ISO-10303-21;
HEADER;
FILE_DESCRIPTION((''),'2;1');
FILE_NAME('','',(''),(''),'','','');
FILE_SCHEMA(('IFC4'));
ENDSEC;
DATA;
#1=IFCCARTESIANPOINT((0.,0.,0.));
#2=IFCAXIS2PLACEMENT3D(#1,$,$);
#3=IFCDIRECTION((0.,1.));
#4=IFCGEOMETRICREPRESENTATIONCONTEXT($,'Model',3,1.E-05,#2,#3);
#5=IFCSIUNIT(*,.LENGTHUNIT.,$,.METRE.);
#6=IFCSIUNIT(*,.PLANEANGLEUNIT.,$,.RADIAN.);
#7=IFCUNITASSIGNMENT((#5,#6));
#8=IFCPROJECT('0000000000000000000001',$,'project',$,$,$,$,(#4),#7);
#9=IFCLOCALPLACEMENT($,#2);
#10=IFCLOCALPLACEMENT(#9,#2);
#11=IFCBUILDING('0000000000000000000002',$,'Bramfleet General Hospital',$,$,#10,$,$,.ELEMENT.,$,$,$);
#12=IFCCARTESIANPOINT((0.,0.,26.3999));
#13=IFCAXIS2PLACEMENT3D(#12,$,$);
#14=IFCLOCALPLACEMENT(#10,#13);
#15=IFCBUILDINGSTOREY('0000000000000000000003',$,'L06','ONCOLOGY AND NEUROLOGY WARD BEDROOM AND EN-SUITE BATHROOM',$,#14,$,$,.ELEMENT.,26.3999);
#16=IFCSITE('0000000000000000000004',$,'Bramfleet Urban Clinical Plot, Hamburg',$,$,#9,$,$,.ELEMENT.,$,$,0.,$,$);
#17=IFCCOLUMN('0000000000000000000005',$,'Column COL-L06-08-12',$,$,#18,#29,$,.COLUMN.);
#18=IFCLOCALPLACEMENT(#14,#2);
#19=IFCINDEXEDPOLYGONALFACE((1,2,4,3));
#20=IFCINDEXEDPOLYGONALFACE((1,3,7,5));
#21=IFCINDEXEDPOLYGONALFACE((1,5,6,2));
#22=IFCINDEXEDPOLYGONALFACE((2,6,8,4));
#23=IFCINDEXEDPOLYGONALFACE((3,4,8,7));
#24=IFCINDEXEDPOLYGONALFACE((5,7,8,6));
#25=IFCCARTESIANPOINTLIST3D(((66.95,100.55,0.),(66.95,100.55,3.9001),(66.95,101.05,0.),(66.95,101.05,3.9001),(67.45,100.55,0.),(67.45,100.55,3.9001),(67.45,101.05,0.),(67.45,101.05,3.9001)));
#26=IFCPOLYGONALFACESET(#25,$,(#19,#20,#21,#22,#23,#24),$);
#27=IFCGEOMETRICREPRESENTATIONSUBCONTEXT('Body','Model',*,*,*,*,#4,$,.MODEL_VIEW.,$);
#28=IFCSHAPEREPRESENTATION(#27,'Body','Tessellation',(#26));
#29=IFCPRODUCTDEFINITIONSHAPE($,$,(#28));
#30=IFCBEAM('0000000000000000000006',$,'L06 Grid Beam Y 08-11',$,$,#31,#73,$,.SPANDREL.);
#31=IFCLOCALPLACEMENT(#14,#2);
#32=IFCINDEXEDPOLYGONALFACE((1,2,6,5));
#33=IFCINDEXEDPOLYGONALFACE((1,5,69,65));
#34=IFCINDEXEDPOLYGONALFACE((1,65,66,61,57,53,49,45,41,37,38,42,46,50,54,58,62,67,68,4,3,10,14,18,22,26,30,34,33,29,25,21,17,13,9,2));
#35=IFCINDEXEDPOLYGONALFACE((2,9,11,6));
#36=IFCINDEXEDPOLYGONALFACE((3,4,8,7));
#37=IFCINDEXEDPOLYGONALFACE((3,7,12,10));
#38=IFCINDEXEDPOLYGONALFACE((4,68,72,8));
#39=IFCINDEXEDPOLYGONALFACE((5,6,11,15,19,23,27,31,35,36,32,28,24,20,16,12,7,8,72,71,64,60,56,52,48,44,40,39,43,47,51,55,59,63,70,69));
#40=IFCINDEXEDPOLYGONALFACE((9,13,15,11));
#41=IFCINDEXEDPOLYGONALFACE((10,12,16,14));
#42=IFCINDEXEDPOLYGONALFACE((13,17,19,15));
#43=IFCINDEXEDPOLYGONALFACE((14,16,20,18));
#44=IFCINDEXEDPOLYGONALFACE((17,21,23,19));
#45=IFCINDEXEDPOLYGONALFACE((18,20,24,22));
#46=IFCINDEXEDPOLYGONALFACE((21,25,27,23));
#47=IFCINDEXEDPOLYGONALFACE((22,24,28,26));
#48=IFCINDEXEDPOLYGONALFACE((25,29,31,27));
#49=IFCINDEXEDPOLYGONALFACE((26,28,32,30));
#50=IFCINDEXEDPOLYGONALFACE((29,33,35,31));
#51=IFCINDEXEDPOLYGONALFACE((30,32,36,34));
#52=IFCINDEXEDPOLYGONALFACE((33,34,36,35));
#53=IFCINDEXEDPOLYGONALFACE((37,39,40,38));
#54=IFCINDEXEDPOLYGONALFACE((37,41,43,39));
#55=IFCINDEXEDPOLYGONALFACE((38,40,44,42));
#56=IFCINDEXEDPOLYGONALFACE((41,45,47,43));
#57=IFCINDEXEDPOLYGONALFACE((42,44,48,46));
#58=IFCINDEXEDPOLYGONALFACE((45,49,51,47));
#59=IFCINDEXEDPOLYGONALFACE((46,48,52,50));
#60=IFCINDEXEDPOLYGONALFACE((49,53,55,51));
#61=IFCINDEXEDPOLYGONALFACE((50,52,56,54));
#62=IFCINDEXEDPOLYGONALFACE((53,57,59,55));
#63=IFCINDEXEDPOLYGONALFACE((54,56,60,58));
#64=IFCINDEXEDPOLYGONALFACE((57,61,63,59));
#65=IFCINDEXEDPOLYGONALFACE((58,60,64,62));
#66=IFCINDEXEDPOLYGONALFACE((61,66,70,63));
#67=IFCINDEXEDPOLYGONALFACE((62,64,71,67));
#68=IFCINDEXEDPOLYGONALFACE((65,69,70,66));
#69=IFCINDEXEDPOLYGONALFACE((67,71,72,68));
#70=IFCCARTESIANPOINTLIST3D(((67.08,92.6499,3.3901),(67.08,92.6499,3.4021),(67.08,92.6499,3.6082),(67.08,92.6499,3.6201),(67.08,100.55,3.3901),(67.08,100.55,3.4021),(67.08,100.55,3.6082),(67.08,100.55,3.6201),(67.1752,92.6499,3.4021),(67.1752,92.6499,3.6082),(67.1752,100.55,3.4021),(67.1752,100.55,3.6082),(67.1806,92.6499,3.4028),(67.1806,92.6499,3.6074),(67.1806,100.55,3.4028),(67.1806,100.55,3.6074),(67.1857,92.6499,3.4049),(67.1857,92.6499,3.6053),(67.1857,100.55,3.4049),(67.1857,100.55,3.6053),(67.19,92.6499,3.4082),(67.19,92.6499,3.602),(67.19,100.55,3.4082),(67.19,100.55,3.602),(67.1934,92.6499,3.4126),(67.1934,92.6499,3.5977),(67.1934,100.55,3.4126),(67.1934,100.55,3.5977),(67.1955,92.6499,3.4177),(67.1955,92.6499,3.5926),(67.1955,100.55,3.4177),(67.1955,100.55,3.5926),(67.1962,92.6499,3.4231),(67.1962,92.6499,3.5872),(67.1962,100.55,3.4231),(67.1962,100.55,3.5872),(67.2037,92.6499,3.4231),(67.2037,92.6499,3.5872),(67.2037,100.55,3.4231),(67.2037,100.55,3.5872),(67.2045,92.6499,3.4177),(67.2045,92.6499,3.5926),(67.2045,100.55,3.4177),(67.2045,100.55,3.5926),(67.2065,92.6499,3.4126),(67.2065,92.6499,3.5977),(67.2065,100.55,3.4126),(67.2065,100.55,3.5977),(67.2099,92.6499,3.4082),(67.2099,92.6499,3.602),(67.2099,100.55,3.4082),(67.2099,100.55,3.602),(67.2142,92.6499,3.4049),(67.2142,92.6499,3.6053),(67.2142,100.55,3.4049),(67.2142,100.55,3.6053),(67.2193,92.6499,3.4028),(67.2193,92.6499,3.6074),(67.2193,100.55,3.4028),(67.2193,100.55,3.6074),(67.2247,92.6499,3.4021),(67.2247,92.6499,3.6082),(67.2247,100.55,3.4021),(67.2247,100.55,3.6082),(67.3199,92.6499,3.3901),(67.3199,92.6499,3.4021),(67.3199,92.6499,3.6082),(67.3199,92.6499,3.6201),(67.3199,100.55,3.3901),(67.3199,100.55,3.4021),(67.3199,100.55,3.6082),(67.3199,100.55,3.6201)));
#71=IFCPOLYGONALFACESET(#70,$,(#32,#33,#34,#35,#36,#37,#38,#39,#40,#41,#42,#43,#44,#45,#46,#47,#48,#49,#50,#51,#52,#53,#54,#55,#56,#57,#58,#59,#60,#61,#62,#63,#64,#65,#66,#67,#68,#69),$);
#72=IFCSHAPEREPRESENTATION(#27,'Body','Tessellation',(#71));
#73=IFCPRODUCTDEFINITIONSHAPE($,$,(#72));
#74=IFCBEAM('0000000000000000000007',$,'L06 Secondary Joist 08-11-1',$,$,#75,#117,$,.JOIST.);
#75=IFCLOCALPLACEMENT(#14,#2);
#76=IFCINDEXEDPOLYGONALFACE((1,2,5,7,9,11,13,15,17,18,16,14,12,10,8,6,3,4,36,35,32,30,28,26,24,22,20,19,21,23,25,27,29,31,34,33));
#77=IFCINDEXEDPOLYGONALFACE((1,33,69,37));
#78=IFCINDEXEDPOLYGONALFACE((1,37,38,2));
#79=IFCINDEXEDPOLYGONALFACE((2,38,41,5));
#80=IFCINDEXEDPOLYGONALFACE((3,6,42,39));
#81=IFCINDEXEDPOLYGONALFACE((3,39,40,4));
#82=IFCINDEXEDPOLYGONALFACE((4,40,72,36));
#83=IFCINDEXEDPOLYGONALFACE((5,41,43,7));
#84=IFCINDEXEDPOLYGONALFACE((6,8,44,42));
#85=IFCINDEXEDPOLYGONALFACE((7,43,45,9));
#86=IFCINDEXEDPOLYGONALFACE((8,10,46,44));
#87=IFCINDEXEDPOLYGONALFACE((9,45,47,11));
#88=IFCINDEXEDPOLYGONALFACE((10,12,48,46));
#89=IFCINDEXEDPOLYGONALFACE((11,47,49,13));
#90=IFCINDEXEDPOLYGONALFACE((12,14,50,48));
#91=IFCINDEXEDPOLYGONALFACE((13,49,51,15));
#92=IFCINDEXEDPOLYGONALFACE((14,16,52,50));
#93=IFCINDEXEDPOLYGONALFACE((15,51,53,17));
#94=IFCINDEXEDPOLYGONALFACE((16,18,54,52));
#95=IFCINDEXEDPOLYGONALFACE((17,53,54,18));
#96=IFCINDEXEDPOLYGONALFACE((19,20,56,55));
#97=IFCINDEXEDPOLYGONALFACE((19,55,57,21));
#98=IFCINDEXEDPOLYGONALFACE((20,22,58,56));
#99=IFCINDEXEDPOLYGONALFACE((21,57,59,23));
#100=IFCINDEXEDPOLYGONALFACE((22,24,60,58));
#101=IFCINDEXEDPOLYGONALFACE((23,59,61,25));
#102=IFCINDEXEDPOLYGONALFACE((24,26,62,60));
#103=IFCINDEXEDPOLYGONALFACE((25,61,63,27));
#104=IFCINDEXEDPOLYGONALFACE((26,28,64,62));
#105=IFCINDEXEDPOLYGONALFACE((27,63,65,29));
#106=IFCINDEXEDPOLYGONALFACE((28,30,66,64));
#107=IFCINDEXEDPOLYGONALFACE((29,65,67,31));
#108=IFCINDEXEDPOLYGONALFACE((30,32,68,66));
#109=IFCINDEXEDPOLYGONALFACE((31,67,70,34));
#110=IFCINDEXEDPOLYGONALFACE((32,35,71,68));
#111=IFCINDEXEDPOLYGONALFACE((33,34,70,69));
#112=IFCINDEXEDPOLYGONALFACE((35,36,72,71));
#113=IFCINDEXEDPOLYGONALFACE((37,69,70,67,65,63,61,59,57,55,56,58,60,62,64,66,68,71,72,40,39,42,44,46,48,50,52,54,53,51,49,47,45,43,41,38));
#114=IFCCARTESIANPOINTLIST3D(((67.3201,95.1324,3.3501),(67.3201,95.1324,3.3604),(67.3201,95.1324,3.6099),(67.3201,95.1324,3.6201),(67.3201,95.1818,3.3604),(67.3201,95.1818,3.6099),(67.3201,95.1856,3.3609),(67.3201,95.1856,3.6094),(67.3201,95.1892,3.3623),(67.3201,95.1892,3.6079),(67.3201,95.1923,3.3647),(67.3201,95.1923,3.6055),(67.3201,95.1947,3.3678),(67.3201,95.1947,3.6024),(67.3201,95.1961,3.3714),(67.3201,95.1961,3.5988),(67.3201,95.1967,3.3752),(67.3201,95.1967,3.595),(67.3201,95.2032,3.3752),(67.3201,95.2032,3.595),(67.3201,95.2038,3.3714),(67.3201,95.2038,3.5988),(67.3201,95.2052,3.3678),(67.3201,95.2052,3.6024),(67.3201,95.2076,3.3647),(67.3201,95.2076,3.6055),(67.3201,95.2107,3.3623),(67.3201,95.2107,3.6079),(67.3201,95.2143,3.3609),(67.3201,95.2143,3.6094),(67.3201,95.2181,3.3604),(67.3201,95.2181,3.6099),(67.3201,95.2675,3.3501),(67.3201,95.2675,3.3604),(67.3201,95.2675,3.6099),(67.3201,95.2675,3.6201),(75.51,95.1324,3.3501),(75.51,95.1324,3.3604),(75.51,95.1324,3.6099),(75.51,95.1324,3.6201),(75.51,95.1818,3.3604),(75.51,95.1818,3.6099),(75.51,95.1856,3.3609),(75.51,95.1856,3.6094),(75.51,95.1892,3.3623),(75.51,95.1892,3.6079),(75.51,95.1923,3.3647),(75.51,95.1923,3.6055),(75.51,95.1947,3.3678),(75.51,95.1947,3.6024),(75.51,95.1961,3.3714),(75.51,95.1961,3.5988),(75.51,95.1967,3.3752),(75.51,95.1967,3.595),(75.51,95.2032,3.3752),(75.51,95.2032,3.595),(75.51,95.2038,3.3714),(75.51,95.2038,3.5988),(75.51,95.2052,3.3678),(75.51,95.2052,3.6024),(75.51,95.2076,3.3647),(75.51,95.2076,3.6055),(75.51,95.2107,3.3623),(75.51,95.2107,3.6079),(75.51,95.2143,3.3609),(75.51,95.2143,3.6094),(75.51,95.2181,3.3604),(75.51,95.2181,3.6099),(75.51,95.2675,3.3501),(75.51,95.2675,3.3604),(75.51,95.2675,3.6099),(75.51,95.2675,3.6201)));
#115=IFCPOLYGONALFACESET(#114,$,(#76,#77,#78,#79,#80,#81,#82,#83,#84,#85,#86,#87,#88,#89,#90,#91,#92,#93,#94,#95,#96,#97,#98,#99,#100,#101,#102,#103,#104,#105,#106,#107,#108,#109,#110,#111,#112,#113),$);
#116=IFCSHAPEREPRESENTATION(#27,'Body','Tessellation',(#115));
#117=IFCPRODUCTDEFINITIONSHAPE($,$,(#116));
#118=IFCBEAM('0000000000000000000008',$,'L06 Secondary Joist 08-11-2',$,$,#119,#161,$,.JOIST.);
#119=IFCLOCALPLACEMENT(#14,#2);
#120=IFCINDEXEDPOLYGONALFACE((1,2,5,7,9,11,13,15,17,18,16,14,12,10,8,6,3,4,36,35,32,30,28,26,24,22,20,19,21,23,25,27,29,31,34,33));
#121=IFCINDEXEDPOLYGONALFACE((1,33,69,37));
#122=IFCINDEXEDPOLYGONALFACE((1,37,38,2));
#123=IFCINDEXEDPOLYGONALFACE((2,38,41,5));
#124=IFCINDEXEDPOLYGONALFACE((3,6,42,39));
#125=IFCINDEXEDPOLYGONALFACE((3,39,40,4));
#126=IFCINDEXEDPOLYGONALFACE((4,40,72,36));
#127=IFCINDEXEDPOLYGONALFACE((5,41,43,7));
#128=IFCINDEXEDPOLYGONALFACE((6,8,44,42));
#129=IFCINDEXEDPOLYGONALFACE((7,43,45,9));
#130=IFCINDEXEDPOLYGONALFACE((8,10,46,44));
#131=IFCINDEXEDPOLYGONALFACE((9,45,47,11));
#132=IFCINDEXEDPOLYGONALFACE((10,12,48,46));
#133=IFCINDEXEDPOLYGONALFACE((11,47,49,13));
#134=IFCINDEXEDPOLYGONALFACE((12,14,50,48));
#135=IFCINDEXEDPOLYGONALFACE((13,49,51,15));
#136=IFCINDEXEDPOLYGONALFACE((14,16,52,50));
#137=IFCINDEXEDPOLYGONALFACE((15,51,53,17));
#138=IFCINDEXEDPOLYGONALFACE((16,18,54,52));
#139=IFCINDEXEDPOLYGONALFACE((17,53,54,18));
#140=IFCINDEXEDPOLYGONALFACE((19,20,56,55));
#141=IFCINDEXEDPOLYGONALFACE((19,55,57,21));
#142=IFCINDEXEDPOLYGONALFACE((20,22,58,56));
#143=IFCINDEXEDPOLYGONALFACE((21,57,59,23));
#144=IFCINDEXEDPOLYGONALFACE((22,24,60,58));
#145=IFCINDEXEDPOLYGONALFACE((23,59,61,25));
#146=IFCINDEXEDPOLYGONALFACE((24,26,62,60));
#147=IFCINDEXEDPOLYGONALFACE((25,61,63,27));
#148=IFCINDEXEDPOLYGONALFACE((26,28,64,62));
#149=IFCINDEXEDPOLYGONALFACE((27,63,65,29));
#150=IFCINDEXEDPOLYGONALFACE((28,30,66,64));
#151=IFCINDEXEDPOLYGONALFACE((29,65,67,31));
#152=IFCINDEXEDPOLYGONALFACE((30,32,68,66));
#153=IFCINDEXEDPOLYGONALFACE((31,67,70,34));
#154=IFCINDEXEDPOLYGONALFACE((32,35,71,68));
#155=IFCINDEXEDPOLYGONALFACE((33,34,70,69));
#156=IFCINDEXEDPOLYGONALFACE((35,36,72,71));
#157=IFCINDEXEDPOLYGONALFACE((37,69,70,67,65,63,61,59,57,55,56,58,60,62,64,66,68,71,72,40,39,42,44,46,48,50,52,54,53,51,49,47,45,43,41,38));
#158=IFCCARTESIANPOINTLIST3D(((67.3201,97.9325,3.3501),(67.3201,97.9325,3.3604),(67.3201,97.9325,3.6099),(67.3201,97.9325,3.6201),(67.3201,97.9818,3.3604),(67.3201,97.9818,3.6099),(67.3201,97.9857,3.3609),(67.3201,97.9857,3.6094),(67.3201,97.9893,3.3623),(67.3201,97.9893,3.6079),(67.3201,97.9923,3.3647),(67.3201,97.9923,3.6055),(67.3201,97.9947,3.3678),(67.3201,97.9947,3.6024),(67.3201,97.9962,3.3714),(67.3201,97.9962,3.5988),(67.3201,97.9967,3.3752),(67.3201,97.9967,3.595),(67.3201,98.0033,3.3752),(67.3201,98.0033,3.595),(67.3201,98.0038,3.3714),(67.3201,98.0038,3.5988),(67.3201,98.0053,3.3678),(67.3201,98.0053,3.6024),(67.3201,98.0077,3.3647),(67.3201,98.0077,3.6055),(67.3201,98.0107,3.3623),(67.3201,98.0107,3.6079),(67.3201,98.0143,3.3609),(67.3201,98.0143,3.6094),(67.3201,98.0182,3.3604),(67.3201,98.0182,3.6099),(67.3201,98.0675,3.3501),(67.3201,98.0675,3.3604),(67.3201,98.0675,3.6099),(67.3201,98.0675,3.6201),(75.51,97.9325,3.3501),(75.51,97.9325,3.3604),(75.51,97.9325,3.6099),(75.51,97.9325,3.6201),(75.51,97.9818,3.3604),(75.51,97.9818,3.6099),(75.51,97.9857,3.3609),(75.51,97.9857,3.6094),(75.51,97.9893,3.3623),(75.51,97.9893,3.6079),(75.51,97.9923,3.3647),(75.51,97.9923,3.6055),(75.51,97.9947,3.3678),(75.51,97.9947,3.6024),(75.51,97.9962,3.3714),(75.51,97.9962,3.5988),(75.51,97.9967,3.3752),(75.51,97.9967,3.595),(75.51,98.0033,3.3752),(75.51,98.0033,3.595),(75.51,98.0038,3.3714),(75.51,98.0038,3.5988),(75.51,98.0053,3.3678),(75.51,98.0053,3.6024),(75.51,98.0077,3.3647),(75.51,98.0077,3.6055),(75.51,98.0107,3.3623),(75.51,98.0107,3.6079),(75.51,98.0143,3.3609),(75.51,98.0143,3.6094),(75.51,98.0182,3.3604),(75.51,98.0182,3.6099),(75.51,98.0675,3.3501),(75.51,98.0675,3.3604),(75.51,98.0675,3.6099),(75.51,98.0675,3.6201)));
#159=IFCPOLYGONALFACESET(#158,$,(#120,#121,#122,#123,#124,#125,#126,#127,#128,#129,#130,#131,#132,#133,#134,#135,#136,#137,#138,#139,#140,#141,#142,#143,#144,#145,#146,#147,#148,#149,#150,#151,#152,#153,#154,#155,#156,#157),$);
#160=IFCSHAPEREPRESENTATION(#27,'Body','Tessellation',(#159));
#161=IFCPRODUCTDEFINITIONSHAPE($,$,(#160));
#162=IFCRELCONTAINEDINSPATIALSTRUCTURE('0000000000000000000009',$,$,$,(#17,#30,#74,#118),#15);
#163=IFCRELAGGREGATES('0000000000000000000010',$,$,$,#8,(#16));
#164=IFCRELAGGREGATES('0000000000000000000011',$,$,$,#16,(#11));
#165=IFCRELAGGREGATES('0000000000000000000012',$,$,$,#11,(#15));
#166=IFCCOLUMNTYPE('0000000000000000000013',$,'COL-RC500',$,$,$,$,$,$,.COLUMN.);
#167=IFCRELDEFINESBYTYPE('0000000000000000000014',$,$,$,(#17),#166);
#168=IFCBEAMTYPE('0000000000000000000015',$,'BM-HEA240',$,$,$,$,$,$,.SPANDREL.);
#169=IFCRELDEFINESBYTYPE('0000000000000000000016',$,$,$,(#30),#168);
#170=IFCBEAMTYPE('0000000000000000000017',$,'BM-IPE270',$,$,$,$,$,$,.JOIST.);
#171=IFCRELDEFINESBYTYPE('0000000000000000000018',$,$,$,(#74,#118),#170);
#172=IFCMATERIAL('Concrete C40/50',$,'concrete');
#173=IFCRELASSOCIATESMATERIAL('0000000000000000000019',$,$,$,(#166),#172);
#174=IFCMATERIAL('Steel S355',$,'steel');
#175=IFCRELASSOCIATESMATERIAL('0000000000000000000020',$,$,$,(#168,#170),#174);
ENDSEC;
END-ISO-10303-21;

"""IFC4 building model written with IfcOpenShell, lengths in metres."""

from ifc_helpers import new_model, si_unit, direction, frame, origin, origin_2d, place, context, subcontext, project, spatial, rectangle, i_section, extrude, material, material_profile, profile_set, type_object, element, save


model = new_model("IFC4")

# Units and contexts
model_context = context("Model", 3, precision=1e-05, world=origin(), true_north=direction((0.0, 1.0)))
body_context = subcontext(model_context, "Body", "Model", "MODEL_VIEW")
ifc_project = project(units=[si_unit("LENGTHUNIT", "METRE"), si_unit("PLANEANGLEUNIT", "RADIAN")], contexts=[model_context])

# Site, building, storey
site_placement = place(None, origin())
site = spatial("IfcSite", under=ifc_project, at=site_placement, Name="Bramfleet Urban Clinical Plot, Hamburg", CompositionType="ELEMENT", RefElevation=0.0)
building_placement = place(site_placement, origin())
building = spatial("IfcBuilding", under=site, at=building_placement, Name="Bramfleet General Hospital", CompositionType="ELEMENT")
storey_placement = place(building_placement, frame((0.0, 0.0, 26.3999)))
storey = spatial("IfcBuildingStorey", under=building, at=storey_placement, Name="L06", Description="ONCOLOGY AND NEUROLOGY WARD BEDROOM AND EN-SUITE BATHROOM", CompositionType="ELEMENT", Elevation=26.3999)

# Column
ifc_material_1 = material(Name="Concrete C40/50", Category="concrete")
ifc_material_profile_1 = material_profile(ifc_material_1, rectangle(XDim=0.5, YDim=0.5, at=origin_2d()), Name="RC COL 500x500")
ifc_profile_set_1 = profile_set([ifc_material_profile_1], Name="Concrete C40/50")
column_type = type_object("IfcColumnType", Name="COL-RC500", PredefinedType="COLUMN", material=ifc_profile_set_1)
column_placement = place(storey_placement, frame((67.2, 100.8, 0.0), z_axis=(0.0, 0.0, 1.0), x_axis=(1.0, 0.0, 0.0)))
element("IfcColumn", 1, at=column_placement, inside=storey, type_object=column_type, Name="Column COL-L06-08-12", PredefinedType="COLUMN", context=body_context, shape_type="SweptSolid", body=[
    extrude(rectangle(XDim=0.5, YDim=0.5, at=origin_2d()), origin(), (0.0, 0.0, 1.0), 3.9001),
])

# Beams
ifc_material_2 = material(Name="Steel S355", Category="steel")
ifc_material_profile_2 = material_profile(ifc_material_2, i_section(OverallWidth=0.24, OverallDepth=0.23, WebThickness=0.0076, FlangeThickness=0.012, FilletRadius=0.021, at=origin_2d()), Name="HEA 240")
ifc_profile_set_2 = profile_set([ifc_material_profile_2], Name="Steel S355")
beam_type_1 = type_object("IfcBeamType", Name="BM-HEA240", PredefinedType="SPANDREL", material=ifc_profile_set_2)
beam_1_placement = place(storey_placement, frame((67.2, 92.6499, 3.5051), z_axis=(0.0, 1.0, 0.0), x_axis=(-1.0, 0.0, 0.0)))
element("IfcBeam", 2, at=beam_1_placement, inside=storey, type_object=beam_type_1, Name="L06 Grid Beam Y 08-11", PredefinedType="SPANDREL", context=body_context, shape_type="SweptSolid", body=[
    extrude(i_section(OverallWidth=0.24, OverallDepth=0.23, WebThickness=0.0076, FlangeThickness=0.012, FilletRadius=0.021, at=origin_2d()), origin(), (0.0, 0.0, 1.0), 7.9001),
])
ifc_material_profile_3 = material_profile(ifc_material_2, i_section(OverallWidth=0.135, OverallDepth=0.27, WebThickness=0.0066, FlangeThickness=0.0103, FilletRadius=0.0149, at=origin_2d()), Name="IPE 270")
ifc_profile_set_3 = profile_set([ifc_material_profile_3], Name="Steel S355")
beam_type_2 = type_object("IfcBeamType", Name="BM-IPE270", PredefinedType="JOIST", material=ifc_profile_set_3)
for number, where, z_axis, x_axis, name in (
    (3, (67.3201, 95.2, 3.4851), (1.0, 0.0, 0.0), (0.0, 1.0, 0.0), "L06 Secondary Joist 08-11-1"),
    (4, (67.3201, 98.0, 3.4851), (1.0, 0.0, 0.0), (0.0, 1.0, 0.0), "L06 Secondary Joist 08-11-2"),
):
    element("IfcBeam", number, at=place(storey_placement, frame(where, z_axis=z_axis, x_axis=x_axis)), inside=storey, type_object=beam_type_2, Name=name, PredefinedType="JOIST", context=body_context, shape_type="SweptSolid", body=[
        extrude(i_section(OverallWidth=0.135, OverallDepth=0.27, WebThickness=0.0066, FlangeThickness=0.0103, FilletRadius=0.0149, at=origin_2d()), origin(), (0.0, 0.0, 1.0), 8.1899),
    ])

save(model, "model.ifc")
